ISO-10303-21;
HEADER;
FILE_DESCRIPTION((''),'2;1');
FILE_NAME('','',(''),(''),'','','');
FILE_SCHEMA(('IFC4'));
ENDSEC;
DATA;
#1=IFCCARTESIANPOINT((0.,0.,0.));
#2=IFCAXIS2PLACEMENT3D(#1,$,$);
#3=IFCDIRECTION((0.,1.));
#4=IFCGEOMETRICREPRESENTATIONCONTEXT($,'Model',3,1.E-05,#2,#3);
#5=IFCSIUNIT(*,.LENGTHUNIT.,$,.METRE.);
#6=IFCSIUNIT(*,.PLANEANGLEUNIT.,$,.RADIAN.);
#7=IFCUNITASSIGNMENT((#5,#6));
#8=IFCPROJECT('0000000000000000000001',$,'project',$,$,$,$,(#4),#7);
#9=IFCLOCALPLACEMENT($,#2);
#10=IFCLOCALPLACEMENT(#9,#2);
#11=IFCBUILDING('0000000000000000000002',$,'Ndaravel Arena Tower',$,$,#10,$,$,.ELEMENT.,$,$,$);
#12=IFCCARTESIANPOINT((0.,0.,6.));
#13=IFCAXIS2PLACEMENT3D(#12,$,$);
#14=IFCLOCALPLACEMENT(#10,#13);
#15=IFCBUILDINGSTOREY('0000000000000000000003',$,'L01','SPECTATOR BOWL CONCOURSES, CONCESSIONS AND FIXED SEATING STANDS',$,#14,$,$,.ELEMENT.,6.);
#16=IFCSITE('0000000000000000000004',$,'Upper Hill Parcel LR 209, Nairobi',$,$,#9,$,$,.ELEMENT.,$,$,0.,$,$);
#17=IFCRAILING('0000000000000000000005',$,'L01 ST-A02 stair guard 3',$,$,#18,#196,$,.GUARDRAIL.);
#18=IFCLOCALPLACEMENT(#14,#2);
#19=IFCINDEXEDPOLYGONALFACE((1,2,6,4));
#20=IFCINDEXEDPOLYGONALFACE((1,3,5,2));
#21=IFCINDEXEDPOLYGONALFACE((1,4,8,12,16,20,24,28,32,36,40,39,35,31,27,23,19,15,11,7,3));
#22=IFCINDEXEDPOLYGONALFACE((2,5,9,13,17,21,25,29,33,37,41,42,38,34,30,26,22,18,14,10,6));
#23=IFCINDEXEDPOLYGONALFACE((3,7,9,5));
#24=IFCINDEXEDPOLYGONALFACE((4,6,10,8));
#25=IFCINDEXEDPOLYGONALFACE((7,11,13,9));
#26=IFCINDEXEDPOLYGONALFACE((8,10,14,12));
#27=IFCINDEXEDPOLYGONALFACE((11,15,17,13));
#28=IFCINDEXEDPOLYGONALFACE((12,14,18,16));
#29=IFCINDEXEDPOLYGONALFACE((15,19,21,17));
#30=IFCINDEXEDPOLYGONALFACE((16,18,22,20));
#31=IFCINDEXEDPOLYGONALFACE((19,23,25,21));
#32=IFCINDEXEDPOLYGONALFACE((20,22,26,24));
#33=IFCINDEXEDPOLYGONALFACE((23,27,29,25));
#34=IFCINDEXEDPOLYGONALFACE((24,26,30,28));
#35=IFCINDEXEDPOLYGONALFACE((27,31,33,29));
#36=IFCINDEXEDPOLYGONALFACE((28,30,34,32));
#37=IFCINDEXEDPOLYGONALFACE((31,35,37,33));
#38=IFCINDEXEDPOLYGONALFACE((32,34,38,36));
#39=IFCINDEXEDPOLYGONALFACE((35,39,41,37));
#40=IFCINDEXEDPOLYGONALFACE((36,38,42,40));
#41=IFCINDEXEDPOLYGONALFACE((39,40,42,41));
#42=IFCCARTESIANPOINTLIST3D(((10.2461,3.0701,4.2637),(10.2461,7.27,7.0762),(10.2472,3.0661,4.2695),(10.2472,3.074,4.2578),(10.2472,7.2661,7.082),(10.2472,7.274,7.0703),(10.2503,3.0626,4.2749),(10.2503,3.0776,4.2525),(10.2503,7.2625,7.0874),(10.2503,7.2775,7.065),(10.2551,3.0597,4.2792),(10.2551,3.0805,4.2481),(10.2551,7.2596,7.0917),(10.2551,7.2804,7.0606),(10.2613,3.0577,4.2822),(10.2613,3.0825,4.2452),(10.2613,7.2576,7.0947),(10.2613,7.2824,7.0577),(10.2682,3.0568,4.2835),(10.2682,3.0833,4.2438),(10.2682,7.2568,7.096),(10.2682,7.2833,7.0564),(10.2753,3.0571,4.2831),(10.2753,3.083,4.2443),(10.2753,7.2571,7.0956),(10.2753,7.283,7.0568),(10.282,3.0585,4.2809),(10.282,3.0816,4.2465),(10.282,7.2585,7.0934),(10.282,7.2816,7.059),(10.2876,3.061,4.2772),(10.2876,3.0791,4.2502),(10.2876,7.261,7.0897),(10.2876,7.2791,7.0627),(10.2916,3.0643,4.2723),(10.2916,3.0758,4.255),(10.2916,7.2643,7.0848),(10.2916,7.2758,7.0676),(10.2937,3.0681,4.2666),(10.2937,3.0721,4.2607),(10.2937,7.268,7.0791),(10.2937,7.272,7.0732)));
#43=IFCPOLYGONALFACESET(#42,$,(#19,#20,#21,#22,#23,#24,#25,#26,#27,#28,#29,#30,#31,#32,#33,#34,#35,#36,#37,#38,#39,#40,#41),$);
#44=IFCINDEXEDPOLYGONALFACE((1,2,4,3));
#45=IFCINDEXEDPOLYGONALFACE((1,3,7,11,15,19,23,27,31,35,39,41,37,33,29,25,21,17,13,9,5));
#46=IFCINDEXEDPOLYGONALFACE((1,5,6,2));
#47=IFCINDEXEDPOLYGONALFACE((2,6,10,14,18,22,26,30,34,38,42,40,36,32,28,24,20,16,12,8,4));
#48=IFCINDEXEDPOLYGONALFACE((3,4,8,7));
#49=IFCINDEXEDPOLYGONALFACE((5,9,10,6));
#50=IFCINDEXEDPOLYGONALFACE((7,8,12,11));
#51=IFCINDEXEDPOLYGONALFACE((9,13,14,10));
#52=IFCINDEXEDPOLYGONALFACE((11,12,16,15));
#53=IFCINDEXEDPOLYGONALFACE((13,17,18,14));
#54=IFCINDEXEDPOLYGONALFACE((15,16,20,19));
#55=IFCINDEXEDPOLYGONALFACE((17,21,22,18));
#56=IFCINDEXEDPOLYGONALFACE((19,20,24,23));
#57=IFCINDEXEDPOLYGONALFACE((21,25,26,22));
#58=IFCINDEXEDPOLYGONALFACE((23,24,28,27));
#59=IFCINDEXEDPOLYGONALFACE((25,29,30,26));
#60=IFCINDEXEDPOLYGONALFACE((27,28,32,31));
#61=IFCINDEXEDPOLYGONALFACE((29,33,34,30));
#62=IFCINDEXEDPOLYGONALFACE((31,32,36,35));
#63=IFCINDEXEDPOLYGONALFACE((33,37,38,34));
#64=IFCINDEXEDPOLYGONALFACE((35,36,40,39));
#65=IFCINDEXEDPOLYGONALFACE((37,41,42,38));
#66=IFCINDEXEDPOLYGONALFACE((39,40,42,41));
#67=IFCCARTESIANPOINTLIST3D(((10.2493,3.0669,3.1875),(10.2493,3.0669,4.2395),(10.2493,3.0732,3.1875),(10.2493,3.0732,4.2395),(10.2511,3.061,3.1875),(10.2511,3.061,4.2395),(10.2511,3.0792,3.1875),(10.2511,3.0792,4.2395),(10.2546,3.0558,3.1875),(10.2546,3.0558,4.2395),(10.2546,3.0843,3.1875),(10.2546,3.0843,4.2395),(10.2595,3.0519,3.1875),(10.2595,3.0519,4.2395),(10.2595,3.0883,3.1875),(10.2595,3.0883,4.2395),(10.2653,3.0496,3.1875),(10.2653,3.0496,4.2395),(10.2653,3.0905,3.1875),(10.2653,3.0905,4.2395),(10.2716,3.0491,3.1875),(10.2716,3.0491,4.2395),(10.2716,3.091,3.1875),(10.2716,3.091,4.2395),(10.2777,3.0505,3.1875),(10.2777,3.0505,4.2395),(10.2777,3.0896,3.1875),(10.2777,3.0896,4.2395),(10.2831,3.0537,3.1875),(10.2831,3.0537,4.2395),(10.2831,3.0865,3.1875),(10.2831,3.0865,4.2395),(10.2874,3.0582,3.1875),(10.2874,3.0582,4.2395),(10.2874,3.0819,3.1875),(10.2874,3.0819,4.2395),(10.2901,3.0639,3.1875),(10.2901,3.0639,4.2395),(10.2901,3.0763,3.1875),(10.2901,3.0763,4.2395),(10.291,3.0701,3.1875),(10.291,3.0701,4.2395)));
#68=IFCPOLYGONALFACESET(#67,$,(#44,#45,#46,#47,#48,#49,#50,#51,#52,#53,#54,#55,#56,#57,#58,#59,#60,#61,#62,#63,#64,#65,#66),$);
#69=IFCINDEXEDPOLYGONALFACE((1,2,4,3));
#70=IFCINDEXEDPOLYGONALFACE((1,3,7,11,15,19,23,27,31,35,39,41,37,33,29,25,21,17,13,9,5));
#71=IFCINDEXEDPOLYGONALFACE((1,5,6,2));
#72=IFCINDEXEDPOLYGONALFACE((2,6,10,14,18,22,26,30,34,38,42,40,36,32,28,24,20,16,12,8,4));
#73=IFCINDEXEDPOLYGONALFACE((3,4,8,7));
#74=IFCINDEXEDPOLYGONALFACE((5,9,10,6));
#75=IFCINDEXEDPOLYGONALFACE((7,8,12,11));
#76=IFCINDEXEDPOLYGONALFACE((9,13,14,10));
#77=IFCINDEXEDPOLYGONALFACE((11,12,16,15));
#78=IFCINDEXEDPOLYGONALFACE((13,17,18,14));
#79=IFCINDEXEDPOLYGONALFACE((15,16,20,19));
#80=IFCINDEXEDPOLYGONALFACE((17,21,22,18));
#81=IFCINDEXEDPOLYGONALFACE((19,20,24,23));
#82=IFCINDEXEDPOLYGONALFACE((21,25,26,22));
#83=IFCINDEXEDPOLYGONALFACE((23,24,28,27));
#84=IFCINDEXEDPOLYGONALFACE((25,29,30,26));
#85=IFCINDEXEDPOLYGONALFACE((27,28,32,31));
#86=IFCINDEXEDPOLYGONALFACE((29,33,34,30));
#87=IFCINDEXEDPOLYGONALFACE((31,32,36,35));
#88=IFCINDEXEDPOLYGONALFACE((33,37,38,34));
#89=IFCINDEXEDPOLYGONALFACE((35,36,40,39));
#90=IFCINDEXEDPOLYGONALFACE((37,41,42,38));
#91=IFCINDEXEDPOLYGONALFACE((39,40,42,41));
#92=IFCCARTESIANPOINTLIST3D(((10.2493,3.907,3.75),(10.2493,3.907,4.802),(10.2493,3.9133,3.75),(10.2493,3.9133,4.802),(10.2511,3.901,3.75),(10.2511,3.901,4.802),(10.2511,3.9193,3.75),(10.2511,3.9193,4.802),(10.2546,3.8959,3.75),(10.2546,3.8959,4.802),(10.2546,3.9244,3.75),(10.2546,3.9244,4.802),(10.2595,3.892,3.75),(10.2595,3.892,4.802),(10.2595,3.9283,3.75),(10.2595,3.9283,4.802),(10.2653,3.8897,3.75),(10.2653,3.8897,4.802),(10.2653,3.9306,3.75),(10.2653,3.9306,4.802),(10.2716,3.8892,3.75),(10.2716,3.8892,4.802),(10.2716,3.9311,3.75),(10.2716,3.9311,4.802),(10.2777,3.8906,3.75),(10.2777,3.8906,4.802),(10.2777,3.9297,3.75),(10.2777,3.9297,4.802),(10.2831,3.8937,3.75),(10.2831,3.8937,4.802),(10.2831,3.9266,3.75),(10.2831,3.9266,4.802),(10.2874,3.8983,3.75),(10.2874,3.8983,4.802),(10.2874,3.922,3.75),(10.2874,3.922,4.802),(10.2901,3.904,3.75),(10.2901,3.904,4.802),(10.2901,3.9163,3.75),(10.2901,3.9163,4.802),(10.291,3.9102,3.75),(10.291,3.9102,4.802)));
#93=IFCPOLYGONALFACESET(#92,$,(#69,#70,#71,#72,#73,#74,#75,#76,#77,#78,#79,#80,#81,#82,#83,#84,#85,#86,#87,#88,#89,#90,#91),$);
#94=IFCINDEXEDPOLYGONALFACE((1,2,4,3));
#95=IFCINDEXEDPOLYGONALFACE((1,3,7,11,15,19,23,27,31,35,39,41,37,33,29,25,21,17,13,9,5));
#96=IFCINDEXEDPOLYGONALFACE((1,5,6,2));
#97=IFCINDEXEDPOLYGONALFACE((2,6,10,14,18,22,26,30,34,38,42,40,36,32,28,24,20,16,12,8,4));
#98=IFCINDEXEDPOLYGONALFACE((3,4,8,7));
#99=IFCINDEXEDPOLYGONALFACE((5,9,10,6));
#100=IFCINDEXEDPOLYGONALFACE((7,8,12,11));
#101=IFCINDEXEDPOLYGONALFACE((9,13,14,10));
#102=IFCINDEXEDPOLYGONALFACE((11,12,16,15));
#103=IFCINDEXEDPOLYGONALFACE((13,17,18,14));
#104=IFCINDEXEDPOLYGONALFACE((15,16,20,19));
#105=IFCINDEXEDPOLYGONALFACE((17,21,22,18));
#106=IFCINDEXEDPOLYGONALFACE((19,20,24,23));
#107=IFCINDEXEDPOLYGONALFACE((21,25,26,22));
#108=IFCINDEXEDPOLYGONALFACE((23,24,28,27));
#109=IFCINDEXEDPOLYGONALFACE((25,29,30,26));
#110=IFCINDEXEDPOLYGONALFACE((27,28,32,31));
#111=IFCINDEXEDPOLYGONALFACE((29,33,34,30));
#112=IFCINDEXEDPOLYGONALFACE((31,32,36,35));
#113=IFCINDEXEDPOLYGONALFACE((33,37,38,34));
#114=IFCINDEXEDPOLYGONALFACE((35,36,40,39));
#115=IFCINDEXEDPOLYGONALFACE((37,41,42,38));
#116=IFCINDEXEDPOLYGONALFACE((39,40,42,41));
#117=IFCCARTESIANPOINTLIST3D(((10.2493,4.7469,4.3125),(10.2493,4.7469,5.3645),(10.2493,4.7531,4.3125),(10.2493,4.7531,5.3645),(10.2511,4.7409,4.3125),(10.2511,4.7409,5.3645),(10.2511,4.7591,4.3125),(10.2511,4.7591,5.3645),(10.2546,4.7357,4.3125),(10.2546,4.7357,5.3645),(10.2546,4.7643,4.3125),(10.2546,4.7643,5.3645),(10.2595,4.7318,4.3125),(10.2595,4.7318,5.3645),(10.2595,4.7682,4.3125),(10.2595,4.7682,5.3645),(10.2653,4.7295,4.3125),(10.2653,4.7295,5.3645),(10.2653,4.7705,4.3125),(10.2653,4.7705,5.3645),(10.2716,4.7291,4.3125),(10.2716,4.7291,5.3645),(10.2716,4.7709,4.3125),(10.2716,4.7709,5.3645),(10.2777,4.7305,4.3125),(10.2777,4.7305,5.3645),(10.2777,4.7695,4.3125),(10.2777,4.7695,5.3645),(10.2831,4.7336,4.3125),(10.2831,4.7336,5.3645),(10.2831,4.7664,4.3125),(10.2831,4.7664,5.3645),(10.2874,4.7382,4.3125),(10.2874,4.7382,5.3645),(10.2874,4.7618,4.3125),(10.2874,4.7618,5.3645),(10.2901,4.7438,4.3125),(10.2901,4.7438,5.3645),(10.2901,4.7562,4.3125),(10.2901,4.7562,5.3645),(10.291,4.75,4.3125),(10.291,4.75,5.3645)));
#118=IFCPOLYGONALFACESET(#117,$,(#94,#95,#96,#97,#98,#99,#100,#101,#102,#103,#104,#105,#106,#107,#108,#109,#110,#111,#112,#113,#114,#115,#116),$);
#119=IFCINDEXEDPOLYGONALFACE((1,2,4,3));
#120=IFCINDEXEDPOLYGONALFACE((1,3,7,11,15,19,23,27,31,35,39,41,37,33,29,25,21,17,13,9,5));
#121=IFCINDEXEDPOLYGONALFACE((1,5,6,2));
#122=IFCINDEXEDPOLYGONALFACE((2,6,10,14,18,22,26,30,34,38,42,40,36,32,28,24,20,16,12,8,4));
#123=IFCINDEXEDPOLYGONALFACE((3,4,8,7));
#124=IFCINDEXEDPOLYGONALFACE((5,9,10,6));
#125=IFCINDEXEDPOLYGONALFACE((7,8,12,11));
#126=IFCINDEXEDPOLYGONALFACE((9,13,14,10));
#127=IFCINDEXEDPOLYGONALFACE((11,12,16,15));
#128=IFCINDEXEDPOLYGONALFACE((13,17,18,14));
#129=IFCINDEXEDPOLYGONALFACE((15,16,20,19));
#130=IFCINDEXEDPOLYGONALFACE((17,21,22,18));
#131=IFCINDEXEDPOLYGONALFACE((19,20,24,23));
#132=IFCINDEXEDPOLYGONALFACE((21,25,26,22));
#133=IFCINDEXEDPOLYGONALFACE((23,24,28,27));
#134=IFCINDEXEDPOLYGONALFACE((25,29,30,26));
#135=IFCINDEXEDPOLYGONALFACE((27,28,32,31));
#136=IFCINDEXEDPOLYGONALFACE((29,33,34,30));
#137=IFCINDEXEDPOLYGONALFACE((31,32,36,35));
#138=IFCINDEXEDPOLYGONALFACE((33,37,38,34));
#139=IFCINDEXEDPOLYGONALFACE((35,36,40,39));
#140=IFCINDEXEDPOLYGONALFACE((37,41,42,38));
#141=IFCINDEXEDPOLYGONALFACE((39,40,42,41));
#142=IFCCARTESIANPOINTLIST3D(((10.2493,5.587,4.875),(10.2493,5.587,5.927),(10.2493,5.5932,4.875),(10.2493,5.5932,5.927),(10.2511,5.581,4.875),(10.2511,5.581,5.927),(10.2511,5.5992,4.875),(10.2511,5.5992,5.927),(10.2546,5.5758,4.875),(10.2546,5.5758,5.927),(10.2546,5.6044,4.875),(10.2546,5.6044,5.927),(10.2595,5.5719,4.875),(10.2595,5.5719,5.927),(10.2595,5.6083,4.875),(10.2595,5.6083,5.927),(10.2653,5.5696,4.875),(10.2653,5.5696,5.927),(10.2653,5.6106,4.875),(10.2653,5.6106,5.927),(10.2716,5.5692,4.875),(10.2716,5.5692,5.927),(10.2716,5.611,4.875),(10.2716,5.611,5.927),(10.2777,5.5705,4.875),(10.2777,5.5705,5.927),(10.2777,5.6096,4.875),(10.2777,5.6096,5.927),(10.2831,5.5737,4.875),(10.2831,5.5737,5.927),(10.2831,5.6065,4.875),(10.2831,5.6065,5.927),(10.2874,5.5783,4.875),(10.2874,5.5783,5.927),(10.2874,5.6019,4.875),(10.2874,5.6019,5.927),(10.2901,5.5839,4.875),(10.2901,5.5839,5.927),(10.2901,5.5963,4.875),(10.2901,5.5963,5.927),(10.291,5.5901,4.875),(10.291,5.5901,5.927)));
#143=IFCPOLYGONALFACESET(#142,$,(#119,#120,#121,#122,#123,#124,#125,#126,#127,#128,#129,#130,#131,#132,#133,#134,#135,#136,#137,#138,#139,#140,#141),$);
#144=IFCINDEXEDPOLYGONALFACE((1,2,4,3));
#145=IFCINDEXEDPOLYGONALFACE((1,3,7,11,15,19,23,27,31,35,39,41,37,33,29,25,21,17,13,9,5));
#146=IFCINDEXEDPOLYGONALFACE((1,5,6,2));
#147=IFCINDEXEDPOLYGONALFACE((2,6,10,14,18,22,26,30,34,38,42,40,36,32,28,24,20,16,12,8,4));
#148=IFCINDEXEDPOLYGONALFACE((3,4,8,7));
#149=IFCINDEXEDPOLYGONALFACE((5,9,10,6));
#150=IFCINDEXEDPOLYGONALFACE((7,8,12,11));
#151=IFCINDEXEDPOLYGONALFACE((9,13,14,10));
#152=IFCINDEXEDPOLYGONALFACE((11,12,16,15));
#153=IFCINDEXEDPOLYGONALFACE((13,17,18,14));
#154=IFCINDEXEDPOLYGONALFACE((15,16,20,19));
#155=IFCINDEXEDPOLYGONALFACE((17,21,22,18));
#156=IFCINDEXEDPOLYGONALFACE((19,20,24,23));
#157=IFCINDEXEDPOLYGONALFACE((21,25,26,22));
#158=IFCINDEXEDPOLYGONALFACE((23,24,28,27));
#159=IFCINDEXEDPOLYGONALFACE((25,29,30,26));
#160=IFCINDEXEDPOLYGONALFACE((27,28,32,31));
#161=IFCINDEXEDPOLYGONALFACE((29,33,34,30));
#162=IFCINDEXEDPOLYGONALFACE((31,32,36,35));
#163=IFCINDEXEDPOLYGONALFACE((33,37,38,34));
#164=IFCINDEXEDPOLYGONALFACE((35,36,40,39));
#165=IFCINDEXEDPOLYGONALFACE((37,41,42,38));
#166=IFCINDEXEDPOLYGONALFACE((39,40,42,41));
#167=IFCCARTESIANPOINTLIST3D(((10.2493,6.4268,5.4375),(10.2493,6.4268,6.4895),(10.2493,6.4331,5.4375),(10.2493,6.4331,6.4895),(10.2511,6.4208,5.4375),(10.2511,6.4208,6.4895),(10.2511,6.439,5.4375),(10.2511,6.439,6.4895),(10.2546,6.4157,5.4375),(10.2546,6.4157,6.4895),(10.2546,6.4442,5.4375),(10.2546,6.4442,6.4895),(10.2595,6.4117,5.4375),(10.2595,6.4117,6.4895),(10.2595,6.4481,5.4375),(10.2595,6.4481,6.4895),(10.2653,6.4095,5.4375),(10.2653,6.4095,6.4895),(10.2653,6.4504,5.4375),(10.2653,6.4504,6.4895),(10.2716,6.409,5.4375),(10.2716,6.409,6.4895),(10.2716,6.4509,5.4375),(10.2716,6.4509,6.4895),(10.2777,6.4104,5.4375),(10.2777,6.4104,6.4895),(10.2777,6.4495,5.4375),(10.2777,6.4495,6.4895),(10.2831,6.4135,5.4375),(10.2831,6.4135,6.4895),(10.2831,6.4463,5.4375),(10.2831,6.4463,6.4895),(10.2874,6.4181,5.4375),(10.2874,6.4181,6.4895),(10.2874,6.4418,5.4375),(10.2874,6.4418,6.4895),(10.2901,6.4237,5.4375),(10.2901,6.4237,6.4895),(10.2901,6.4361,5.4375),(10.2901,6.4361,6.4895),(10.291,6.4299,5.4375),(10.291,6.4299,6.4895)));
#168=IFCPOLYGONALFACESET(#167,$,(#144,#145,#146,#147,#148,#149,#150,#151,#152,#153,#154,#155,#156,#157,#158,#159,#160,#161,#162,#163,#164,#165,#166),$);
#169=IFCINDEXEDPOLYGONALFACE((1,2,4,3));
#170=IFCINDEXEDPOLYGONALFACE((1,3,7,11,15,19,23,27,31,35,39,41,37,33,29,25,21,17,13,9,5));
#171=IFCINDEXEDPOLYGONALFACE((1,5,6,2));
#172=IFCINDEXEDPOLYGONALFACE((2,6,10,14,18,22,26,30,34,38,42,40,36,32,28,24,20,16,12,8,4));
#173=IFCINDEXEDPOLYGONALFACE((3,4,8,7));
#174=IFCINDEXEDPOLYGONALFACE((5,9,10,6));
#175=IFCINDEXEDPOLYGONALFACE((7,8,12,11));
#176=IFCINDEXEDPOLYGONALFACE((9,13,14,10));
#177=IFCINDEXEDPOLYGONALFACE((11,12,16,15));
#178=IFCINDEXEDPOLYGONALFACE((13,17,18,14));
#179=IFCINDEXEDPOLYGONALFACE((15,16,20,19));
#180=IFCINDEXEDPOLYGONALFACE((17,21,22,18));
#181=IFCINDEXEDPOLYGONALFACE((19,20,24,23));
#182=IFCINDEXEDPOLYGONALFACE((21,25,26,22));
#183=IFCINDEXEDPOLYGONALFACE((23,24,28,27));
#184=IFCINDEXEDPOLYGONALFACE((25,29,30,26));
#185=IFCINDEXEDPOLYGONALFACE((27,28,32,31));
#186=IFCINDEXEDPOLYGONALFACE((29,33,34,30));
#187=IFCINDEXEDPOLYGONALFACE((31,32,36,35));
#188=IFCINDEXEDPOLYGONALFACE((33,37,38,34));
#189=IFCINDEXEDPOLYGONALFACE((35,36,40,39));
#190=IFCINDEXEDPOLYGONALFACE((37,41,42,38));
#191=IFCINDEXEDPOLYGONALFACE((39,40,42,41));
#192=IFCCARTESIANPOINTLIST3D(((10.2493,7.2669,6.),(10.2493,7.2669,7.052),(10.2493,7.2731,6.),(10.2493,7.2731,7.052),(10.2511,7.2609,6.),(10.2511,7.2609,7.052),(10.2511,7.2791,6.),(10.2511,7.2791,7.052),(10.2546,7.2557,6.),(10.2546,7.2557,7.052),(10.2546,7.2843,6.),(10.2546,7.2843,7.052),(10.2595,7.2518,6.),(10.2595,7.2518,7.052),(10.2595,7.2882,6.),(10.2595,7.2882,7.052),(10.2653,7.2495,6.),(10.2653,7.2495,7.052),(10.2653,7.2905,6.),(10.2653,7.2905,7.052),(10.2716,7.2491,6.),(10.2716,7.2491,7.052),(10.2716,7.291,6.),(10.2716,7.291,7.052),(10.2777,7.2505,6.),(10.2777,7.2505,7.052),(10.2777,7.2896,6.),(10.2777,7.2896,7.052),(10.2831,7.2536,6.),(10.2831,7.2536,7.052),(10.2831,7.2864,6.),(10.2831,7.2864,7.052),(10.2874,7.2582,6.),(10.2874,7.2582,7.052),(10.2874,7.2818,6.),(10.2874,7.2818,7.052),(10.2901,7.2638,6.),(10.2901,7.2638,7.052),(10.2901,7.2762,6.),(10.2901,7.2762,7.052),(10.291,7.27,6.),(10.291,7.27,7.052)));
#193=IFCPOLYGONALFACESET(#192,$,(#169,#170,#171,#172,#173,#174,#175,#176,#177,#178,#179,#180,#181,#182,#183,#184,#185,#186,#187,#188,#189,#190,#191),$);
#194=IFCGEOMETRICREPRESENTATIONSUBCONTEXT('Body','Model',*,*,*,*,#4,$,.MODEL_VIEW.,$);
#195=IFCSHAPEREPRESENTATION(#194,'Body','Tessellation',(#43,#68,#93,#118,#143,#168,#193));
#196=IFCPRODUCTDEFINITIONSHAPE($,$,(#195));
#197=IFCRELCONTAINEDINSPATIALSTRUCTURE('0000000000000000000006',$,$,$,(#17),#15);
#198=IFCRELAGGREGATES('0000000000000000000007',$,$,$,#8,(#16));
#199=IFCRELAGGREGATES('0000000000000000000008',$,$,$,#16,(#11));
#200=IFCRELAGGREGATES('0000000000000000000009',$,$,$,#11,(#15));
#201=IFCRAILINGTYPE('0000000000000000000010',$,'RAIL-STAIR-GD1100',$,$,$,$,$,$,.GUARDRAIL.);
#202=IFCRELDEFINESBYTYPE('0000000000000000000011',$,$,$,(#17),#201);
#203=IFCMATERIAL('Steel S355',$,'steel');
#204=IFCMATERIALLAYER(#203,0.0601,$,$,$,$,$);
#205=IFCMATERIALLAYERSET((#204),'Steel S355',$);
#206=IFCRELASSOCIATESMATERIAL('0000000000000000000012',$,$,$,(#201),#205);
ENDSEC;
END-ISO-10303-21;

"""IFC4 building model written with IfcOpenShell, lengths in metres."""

from ifc_helpers import new_model, si_unit, direction, frame, origin, origin_2d, place, context, subcontext, project, spatial, circle, extrude, material, layer, layer_set, type_object, element, save


model = new_model("IFC4")

# Units and contexts
model_context = context("Model", 3, precision=1e-05, world=origin(), true_north=direction((0.0, 1.0)))
body_context = subcontext(model_context, "Body", "Model", "MODEL_VIEW")
ifc_project = project(units=[si_unit("LENGTHUNIT", "METRE"), si_unit("PLANEANGLEUNIT", "RADIAN")], contexts=[model_context])

# Site, building, storey
site_placement = place(None, origin())
site = spatial("IfcSite", under=ifc_project, at=site_placement, Name="Upper Hill Parcel LR 209, Nairobi", CompositionType="ELEMENT", RefElevation=0.0)
building_placement = place(site_placement, origin())
building = spatial("IfcBuilding", under=site, at=building_placement, Name="Ndaravel Arena Tower", CompositionType="ELEMENT")
storey_placement = place(building_placement, frame((0.0, 0.0, 6.0)))
storey = spatial("IfcBuildingStorey", under=building, at=storey_placement, Name="L01", Description="SPECTATOR BOWL CONCOURSES, CONCESSIONS AND FIXED SEATING STANDS", CompositionType="ELEMENT", Elevation=6.0)

# Railing
ifc_material_1 = material(Name="Steel S355", Category="steel")
ifc_layer_1 = layer(ifc_material_1, 0.0601)
ifc_layer_set_1 = layer_set([ifc_layer_1], Name="Steel S355")
railing_type_1 = type_object("IfcRailingType", Name="RAIL-STAIR-GD1100", PredefinedType="GUARDRAIL", material=ifc_layer_set_1)
railing_1_placement = place(storey_placement, frame((10.27, 3.0701, 3.1875)))
element("IfcRailing", 1, at=railing_1_placement, inside=storey, type_object=railing_type_1, Name="L01 ST-A02 stair guard 3", PredefinedType="GUARDRAIL", context=body_context, shape_type="SweptSolid", body=[
    extrude(circle(Radius=0.0239, at=origin_2d()), frame((0.0, 0.0, 1.0762), z_axis=(0.0, 0.830904, 0.556416), x_axis=(-1.0, 0.0, 0.0)), (0.0, 0.0, 1.0), 5.0547),
    extrude(circle(Radius=0.021, at=origin_2d()), origin(), (0.0, 0.0, 1.0), 1.052),
    extrude(circle(Radius=0.021, at=origin_2d()), frame((0.0, 0.8401, 0.5625)), (0.0, 0.0, 1.0), 1.052),
    extrude(circle(Radius=0.021, at=origin_2d()), frame((0.0, 1.6799, 1.125)), (0.0, 0.0, 1.0), 1.052),
    extrude(circle(Radius=0.021, at=origin_2d()), frame((0.0, 2.52, 1.6875)), (0.0, 0.0, 1.0), 1.052),
    extrude(circle(Radius=0.021, at=origin_2d()), frame((0.0, 3.3599, 2.25)), (0.0, 0.0, 1.0), 1.052),
    extrude(circle(Radius=0.021, at=origin_2d()), frame((0.0, 4.2, 2.8125)), (0.0, 0.0, 1.0), 1.052),
])

save(model, "model.ifc")
